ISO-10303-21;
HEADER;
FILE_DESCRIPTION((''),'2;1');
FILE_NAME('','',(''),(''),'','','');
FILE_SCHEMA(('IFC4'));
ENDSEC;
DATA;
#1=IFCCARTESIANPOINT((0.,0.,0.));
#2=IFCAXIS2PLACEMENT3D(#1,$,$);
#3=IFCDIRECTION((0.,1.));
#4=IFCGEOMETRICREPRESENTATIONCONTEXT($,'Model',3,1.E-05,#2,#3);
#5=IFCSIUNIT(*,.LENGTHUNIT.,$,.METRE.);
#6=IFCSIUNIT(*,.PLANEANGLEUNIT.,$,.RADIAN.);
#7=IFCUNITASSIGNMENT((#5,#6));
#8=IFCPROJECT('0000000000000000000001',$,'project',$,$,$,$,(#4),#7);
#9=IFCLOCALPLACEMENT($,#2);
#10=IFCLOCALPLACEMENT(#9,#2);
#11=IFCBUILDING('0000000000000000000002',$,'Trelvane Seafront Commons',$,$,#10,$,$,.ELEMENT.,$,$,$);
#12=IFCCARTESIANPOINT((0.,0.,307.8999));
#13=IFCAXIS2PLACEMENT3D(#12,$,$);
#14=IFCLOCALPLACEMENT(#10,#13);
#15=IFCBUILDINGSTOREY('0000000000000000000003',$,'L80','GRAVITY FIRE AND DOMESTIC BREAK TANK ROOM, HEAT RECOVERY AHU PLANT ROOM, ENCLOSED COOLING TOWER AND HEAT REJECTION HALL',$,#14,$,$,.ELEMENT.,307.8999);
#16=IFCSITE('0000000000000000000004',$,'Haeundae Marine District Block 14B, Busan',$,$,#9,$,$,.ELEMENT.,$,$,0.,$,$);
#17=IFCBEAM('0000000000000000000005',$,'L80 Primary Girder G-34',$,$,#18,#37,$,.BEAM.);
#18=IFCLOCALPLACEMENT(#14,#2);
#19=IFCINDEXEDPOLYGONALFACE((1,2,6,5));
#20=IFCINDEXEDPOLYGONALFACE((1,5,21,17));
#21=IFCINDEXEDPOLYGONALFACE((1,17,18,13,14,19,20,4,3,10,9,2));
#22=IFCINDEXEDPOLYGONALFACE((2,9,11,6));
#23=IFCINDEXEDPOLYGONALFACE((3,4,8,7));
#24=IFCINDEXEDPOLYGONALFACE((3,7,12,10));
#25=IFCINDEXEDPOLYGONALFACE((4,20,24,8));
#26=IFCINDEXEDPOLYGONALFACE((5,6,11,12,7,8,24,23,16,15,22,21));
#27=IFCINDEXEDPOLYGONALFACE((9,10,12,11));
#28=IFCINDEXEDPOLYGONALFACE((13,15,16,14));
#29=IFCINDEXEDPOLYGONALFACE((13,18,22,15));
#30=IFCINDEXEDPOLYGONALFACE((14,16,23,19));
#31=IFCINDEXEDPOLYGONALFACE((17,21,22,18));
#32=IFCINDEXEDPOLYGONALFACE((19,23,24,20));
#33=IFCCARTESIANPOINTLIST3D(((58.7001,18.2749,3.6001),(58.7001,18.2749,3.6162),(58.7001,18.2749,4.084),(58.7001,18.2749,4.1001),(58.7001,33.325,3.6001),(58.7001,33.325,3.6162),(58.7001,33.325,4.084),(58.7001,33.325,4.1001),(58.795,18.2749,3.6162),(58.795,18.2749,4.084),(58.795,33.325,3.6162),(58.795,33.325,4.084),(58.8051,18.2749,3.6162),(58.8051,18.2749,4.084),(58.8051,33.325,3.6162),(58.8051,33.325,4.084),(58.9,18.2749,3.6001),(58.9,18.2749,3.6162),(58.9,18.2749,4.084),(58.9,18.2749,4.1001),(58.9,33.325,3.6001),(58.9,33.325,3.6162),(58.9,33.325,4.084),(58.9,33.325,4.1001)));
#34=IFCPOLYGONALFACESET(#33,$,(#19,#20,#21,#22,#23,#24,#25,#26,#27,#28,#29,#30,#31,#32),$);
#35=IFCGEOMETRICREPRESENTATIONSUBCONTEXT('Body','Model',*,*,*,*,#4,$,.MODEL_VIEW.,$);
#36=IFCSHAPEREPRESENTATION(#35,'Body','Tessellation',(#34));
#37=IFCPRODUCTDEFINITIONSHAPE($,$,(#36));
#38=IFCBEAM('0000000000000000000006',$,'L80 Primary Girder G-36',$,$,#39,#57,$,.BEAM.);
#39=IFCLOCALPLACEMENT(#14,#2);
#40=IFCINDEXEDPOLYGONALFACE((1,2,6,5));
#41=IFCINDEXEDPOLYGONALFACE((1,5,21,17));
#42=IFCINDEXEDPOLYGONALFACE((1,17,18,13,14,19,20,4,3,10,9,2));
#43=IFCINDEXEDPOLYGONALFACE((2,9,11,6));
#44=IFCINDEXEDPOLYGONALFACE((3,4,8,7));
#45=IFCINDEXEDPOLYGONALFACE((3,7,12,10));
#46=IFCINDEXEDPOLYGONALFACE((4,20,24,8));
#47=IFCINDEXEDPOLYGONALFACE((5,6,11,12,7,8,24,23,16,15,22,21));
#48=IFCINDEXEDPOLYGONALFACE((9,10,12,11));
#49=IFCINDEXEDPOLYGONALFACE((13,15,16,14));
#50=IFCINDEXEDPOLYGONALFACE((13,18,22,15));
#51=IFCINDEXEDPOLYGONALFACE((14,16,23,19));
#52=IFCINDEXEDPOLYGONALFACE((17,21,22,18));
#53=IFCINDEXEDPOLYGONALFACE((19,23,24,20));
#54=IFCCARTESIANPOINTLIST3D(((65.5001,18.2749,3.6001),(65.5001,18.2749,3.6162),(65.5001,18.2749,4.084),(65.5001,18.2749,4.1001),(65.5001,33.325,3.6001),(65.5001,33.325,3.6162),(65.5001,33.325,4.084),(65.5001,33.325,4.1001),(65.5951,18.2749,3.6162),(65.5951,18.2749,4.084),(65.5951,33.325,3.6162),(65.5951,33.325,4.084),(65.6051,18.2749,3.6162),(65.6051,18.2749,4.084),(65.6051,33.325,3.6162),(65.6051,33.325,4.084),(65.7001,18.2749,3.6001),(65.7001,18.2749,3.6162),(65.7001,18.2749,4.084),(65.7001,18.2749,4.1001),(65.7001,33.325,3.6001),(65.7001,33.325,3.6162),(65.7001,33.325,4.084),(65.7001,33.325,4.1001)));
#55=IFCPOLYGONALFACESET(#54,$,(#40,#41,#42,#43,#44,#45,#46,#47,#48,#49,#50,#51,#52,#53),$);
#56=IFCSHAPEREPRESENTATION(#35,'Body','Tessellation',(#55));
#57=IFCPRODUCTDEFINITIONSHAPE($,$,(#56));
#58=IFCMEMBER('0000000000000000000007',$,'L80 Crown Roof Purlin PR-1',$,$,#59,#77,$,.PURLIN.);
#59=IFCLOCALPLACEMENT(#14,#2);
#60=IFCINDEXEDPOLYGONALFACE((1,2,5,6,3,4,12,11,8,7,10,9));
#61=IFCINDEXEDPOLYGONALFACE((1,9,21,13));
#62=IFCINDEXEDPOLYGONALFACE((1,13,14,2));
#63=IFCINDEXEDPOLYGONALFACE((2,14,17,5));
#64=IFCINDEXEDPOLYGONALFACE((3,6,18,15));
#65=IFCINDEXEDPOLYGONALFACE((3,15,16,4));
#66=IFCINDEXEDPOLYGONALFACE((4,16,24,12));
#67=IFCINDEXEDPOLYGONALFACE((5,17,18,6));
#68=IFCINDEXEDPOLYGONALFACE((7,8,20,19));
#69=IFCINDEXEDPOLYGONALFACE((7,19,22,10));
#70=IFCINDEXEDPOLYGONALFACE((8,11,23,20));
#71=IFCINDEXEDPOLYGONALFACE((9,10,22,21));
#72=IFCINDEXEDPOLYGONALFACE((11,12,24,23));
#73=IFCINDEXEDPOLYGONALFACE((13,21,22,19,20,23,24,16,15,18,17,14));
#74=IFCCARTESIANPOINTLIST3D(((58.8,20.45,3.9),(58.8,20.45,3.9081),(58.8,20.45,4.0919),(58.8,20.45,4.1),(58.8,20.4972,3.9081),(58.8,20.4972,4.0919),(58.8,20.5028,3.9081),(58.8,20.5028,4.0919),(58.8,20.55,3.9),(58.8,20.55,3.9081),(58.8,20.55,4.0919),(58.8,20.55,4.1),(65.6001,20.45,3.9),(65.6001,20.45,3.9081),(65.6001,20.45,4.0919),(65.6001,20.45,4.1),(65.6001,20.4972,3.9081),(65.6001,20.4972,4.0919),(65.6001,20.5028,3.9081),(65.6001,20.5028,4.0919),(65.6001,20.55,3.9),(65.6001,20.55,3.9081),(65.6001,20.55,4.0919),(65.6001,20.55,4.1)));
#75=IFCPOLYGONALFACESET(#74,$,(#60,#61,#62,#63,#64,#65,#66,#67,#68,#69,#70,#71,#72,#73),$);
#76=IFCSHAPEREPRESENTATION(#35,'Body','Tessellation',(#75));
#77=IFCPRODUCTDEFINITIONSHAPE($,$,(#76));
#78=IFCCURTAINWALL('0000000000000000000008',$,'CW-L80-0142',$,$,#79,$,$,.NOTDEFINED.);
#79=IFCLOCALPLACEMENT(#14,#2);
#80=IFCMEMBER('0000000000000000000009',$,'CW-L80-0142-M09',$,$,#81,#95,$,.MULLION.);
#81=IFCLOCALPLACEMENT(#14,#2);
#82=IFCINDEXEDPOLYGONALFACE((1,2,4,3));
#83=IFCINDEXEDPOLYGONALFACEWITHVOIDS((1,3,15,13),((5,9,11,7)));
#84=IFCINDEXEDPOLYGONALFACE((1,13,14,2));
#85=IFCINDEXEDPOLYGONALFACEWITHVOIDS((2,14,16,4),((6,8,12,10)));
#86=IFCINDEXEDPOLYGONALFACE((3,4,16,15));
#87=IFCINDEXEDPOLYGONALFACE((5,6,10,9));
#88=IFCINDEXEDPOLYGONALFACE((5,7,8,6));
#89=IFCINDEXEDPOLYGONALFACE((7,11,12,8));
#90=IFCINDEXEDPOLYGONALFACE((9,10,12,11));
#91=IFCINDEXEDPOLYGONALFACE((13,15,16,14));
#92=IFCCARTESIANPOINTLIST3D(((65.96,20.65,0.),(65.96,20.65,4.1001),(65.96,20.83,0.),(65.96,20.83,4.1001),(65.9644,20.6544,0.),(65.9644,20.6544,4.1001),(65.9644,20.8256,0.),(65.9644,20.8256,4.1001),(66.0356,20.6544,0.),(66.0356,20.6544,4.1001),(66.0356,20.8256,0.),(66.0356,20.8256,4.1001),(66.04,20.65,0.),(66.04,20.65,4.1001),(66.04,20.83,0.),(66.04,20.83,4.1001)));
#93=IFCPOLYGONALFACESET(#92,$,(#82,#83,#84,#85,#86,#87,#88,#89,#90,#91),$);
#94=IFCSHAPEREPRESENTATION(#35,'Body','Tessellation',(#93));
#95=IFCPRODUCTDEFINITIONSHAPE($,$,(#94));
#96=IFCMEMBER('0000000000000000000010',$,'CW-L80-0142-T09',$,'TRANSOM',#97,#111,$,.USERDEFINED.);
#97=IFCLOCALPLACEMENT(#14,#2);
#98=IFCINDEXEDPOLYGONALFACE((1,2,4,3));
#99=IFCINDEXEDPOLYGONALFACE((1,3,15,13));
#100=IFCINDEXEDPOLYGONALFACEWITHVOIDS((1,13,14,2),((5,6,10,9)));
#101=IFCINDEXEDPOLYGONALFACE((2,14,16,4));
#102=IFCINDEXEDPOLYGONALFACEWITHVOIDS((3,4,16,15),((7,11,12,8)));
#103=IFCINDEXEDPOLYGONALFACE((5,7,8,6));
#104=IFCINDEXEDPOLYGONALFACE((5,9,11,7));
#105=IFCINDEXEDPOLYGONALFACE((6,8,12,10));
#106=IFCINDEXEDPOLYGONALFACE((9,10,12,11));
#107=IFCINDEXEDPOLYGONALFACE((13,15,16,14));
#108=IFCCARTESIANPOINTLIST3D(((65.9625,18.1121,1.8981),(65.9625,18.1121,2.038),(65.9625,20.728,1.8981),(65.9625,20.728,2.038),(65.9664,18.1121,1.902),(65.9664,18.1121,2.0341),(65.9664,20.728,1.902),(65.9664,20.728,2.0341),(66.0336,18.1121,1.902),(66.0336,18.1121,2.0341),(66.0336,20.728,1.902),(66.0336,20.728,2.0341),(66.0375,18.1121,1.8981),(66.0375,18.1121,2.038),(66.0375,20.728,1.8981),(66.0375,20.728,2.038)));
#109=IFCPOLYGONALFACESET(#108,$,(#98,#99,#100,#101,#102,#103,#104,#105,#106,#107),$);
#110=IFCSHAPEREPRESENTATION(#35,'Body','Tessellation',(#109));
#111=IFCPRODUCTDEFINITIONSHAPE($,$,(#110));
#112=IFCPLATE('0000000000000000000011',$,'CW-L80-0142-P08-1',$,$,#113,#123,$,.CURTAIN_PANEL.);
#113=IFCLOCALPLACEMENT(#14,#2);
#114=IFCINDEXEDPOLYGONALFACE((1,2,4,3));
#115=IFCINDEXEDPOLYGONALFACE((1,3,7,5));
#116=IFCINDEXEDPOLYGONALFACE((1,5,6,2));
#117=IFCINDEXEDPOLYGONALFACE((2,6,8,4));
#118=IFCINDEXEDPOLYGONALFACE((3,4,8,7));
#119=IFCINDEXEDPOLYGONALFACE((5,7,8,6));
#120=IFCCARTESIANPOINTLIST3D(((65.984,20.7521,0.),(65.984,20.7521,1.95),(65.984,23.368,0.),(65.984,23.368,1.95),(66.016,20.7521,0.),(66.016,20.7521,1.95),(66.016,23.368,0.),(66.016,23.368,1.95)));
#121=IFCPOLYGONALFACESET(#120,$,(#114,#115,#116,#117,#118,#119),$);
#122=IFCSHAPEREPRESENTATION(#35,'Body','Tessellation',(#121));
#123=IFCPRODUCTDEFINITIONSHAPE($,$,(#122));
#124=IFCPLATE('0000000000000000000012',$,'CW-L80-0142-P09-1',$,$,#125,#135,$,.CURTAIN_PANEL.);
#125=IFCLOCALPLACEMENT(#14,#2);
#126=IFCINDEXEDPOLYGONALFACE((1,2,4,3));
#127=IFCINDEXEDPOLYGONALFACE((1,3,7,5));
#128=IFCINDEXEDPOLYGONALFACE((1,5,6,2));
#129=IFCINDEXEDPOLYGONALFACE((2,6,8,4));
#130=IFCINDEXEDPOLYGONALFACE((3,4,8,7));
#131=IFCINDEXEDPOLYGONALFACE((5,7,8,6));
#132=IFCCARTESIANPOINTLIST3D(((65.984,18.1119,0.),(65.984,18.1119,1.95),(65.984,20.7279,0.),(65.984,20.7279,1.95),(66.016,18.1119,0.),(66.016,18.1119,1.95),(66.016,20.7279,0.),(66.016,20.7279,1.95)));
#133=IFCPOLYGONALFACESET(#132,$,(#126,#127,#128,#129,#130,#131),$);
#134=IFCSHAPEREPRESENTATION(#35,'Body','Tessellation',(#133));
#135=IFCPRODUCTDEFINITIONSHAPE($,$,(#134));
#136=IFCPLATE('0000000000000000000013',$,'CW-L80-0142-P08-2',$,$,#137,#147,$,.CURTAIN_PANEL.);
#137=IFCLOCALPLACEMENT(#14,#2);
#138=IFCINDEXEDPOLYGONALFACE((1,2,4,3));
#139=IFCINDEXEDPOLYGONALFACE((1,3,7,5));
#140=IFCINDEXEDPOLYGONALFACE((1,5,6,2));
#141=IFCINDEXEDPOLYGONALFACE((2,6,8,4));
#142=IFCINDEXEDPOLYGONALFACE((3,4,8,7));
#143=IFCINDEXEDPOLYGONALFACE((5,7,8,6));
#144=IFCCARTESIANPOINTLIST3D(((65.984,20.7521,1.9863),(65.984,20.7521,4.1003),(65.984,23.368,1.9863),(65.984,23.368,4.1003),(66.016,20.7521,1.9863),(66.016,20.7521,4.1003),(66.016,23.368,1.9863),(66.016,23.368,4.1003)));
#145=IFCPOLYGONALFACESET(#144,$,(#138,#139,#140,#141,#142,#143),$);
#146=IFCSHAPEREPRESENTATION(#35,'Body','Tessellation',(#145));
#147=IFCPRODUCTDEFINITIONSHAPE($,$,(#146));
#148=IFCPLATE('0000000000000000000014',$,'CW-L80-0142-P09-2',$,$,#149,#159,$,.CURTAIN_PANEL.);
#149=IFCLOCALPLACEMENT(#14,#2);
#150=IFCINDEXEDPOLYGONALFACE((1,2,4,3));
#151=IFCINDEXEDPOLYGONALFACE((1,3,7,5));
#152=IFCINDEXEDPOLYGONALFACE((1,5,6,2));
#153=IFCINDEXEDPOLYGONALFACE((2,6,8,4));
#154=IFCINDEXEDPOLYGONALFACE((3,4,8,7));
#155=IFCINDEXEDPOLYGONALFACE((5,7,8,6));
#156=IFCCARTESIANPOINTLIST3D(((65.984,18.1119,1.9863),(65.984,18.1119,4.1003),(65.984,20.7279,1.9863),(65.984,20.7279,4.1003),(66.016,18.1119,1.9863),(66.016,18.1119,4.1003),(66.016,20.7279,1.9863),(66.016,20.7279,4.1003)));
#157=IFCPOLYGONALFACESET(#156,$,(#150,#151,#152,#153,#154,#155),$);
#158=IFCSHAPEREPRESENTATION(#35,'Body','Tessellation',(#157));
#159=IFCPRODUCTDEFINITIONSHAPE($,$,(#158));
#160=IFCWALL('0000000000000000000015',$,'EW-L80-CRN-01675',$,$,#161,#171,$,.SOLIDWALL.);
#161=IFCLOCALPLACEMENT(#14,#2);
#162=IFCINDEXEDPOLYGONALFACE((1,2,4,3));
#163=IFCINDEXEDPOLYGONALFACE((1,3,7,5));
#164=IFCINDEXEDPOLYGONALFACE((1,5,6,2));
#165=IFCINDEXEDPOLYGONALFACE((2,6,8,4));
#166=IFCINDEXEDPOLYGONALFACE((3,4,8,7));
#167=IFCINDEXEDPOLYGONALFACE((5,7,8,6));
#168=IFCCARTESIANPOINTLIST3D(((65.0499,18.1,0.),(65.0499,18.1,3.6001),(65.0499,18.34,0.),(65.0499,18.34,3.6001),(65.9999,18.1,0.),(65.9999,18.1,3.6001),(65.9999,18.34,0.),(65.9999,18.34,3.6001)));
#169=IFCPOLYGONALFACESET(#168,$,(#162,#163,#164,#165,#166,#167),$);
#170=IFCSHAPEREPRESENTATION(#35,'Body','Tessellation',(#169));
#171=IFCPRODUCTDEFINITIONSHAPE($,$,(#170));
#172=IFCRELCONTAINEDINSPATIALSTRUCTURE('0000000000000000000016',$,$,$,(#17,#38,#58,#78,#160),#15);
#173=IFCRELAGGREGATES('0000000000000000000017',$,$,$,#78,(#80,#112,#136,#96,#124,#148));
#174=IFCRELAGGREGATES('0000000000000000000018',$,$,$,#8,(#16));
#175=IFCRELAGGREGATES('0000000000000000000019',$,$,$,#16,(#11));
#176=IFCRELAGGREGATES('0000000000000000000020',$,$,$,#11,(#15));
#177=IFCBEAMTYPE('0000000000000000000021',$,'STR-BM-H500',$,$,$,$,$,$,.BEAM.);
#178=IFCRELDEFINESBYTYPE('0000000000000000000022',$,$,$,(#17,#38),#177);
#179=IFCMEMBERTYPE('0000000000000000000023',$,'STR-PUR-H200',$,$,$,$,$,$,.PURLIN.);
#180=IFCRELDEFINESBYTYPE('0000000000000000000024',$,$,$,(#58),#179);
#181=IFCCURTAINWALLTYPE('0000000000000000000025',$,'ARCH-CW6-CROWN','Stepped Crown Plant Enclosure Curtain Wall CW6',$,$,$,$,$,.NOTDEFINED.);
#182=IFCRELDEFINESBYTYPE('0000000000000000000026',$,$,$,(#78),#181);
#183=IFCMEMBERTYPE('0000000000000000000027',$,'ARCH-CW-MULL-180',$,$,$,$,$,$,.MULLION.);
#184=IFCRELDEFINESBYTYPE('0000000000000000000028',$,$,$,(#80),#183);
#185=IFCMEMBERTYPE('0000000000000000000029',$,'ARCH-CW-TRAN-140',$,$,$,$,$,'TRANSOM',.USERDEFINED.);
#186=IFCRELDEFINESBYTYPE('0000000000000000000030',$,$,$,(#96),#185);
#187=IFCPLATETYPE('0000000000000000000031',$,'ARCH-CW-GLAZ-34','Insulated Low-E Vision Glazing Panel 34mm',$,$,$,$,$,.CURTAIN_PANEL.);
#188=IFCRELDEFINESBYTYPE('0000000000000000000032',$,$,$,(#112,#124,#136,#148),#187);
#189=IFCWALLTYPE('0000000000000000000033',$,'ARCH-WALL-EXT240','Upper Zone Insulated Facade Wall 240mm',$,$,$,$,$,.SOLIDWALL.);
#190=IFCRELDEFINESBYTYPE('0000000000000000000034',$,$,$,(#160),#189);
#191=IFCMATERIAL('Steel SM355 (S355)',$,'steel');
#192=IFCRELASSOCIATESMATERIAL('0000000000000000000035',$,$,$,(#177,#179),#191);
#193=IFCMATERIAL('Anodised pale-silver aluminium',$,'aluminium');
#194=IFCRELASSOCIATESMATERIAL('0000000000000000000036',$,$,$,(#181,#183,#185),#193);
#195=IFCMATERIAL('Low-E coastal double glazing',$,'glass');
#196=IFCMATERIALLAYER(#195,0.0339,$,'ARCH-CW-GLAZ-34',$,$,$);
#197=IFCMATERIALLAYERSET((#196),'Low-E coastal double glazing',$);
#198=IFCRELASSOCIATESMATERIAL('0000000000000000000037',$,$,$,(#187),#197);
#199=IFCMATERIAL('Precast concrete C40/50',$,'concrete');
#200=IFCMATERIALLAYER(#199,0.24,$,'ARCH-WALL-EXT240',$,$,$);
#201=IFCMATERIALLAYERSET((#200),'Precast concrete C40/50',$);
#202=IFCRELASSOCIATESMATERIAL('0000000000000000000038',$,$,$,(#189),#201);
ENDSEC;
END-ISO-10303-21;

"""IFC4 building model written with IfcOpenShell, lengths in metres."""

from ifc_helpers import new_model, si_unit, direction, frame, frame_2d, origin, origin_2d, place, context, subcontext, project, spatial, rectangle, hollow_rectangle, i_section, extrude, source, transform, mapped, material, layer, layer_set, material_profile, profile_set, type_object, element, aggregate, save


model = new_model("IFC4")

# Units and contexts
model_context = context("Model", 3, precision=1e-05, world=origin(), true_north=direction((0.0, 1.0)))
body_context = subcontext(model_context, "Body", "Model", "MODEL_VIEW")
ifc_project = project(units=[si_unit("LENGTHUNIT", "METRE"), si_unit("PLANEANGLEUNIT", "RADIAN")], contexts=[model_context])

# Site, building, storey
site_placement = place(None, origin())
site = spatial("IfcSite", under=ifc_project, at=site_placement, Name="Haeundae Marine District Block 14B, Busan", CompositionType="ELEMENT", RefElevation=0.0)
building_placement = place(site_placement, origin())
building = spatial("IfcBuilding", under=site, at=building_placement, Name="Trelvane Seafront Commons", CompositionType="ELEMENT")
storey_placement = place(building_placement, frame((0.0, 0.0, 307.8999)))
storey = spatial("IfcBuildingStorey", under=building, at=storey_placement, Name="L80", Description="GRAVITY FIRE AND DOMESTIC BREAK TANK ROOM, HEAT RECOVERY AHU PLANT ROOM, ENCLOSED COOLING TOWER AND HEAT REJECTION HALL", CompositionType="ELEMENT", Elevation=307.8999)

# Beams
ifc_material_1 = material(Name="Steel SM355 (S355)", Category="steel")
ifc_material_profile_1 = material_profile(ifc_material_1, i_section(OverallWidth=0.2, OverallDepth=0.5, WebThickness=0.01, FlangeThickness=0.0161, at=origin_2d()), Name="H-500x200x10x16")
ifc_profile_set_1 = profile_set([ifc_material_profile_1], Name="Steel SM355 (S355)")
beam_type = type_object("IfcBeamType", Name="STR-BM-H500", PredefinedType="BEAM", material=ifc_profile_set_1)
shared_shape_1 = source(origin(), body_context, "Body", "SweptSolid", [
    extrude(i_section(OverallWidth=0.2, OverallDepth=0.5, WebThickness=0.01, FlangeThickness=0.0161, at=origin_2d()), origin(), (0.0, 0.0, 1.0), 15.05),
])
for number, where, z_axis, x_axis, name in (
    (1, (58.8, 18.2749, 3.8501), (0.0, 1.0, 0.0), (-1.0, 0.0, 0.0), "L80 Primary Girder G-34"),
    (2, (65.6001, 18.2749, 3.8501), (0.0, 1.0, 0.0), (-1.0, 0.0, 0.0), "L80 Primary Girder G-36"),
):
    element("IfcBeam", number, at=place(storey_placement, frame(where, z_axis=z_axis, x_axis=x_axis)), inside=storey, type_object=beam_type, Name=name, PredefinedType="BEAM", context=body_context, shape_type="MappedRepresentation", body=[
        mapped(shared_shape_1, transform((0.0, 0.0, 0.0), x_axis=(1.0, 0.0, 0.0), y_axis=(0.0, 1.0, 0.0), z_axis=(0.0, 0.0, 1.0), scale=1.0)),
    ])

# Member
ifc_material_profile_2 = material_profile(ifc_material_1, i_section(OverallWidth=0.1001, OverallDepth=0.2, WebThickness=0.0056, FlangeThickness=0.0081, at=origin_2d()), Name="H-200x100x5.5x8")
ifc_profile_set_2 = profile_set([ifc_material_profile_2], Name="Steel SM355 (S355)")
member_type_1 = type_object("IfcMemberType", Name="STR-PUR-H200", PredefinedType="PURLIN", material=ifc_profile_set_2)
shared_shape_2 = source(origin(), body_context, "Body", "SweptSolid", [
    extrude(i_section(OverallWidth=0.1001, OverallDepth=0.2, WebThickness=0.0056, FlangeThickness=0.0081, at=origin_2d()), origin(), (0.0, 0.0, 1.0), 6.8),
])
member_1_placement = place(storey_placement, frame((58.8, 20.5, 4.0), z_axis=(1.0, 0.0, 0.0), x_axis=(0.0, 1.0, 0.0)))
element("IfcMember", 3, at=member_1_placement, inside=storey, type_object=member_type_1, Name="L80 Crown Roof Purlin PR-1", PredefinedType="PURLIN", context=body_context, shape_type="MappedRepresentation", body=[
    mapped(shared_shape_2, transform((0.0, 0.0, 0.0), x_axis=(1.0, 0.0, 0.0), y_axis=(0.0, 1.0, 0.0), z_axis=(0.0, 0.0, 1.0), scale=1.0)),
])

# Curtain wall, members, plates
ifc_material_2 = material(Name="Anodised pale-silver aluminium", Category="aluminium")
curtain_wall_type = type_object("IfcCurtainWallType", Name="ARCH-CW6-CROWN", Description="Stepped Crown Plant Enclosure Curtain Wall CW6", PredefinedType="NOTDEFINED", material=ifc_material_2)
curtain_wall_placement = place(storey_placement, origin())
curtain_wall = element("IfcCurtainWall", 4, at=curtain_wall_placement, inside=storey, type_object=curtain_wall_type, Name="CW-L80-0142", PredefinedType="NOTDEFINED")
ifc_material_profile_3 = material_profile(ifc_material_2, hollow_rectangle(XDim=0.0801, YDim=0.1799, WallThickness=0.0044, at=origin_2d()), Name="MULL-80x180x4.5")
ifc_profile_set_3 = profile_set([ifc_material_profile_3], Name="Anodised pale-silver aluminium")
member_type_2 = type_object("IfcMemberType", Name="ARCH-CW-MULL-180", PredefinedType="MULLION", material=ifc_profile_set_3)
shared_shape_3 = source(origin(), body_context, "Body", "SweptSolid", [
    extrude(hollow_rectangle(XDim=0.0801, YDim=0.1799, WallThickness=0.0044, at=origin_2d()), origin(), (0.0, 0.0, 1.0), 4.1001),
])
member_2_placement = place(storey_placement, frame((66.0, 20.74, 0.0), z_axis=(0.0, 0.0, 1.0), x_axis=(1.0, 0.0, 0.0)))
member_2 = element("IfcMember", 5, at=member_2_placement, type_object=member_type_2, Name="CW-L80-0142-M09", PredefinedType="MULLION", context=body_context, shape_type="MappedRepresentation", body=[
    mapped(shared_shape_3, transform((0.0, 0.0, 0.0), x_axis=(1.0, 0.0, 0.0), y_axis=(0.0, 1.0, 0.0), z_axis=(0.0, 0.0, 1.0), scale=1.0)),
])
ifc_material_profile_4 = material_profile(ifc_material_2, hollow_rectangle(XDim=0.075, YDim=0.1399, WallThickness=0.0039, at=origin_2d()), Name="TRAN-75x140x4")
ifc_profile_set_4 = profile_set([ifc_material_profile_4], Name="Anodised pale-silver aluminium")
member_type_3 = type_object("IfcMemberType", Name="ARCH-CW-TRAN-140", ElementType="TRANSOM", PredefinedType="USERDEFINED", material=ifc_profile_set_4)
shared_shape_4 = source(origin(), body_context, "Body", "SweptSolid", [
    extrude(hollow_rectangle(XDim=0.075, YDim=0.1399, WallThickness=0.0039, at=origin_2d()), origin(), (0.0, 0.0, 1.0), 2.616),
])
member_3_placement = place(storey_placement, frame((66.0, 20.728, 1.968), z_axis=(0.0, -1.0, 0.0), x_axis=(1.0, 0.0, 0.0)))
member_3 = element("IfcMember", 6, at=member_3_placement, type_object=member_type_3, Name="CW-L80-0142-T09", ObjectType="TRANSOM", PredefinedType="USERDEFINED", context=body_context, shape_type="MappedRepresentation", body=[
    mapped(shared_shape_4, transform((0.0, 0.0, 0.0), x_axis=(1.0, 0.0, 0.0), y_axis=(0.0, 1.0, 0.0), z_axis=(0.0, 0.0, 1.0), scale=1.0)),
])
ifc_material_3 = material(Name="Low-E coastal double glazing", Category="glass")
ifc_layer_1 = layer(ifc_material_3, 0.0339, Name="ARCH-CW-GLAZ-34")
ifc_layer_set_1 = layer_set([ifc_layer_1], Name="Low-E coastal double glazing")
plate_type = type_object("IfcPlateType", Name="ARCH-CW-GLAZ-34", Description="Insulated Low-E Vision Glazing Panel 34mm", PredefinedType="CURTAIN_PANEL", material=ifc_layer_set_1)
shared_shape_5 = source(origin(), body_context, "Body", "SweptSolid", [
    extrude(rectangle(XDim=2.616, YDim=0.032, at=origin_2d()), origin(), (0.0, 0.0, 1.0), 1.95),
])
plate_1_placement = place(storey_placement, frame((66.0, 22.0601, 0.0), z_axis=(0.0, 0.0, 1.0), x_axis=(0.0, -1.0, 0.0)))
plate_1 = element("IfcPlate", 7, at=plate_1_placement, type_object=plate_type, Name="CW-L80-0142-P08-1", PredefinedType="CURTAIN_PANEL", context=body_context, shape_type="MappedRepresentation", body=[
    mapped(shared_shape_5, transform((0.0, 0.0, 0.0), x_axis=(1.0, 0.0, 0.0), y_axis=(0.0, 1.0, 0.0), z_axis=(0.0, 0.0, 1.0), scale=1.0)),
])
plate_2_placement = place(storey_placement, frame((66.0, 19.4199, 0.0), z_axis=(0.0, 0.0, 1.0), x_axis=(0.0, -1.0, 0.0)))
plate_2 = element("IfcPlate", 8, at=plate_2_placement, type_object=plate_type, Name="CW-L80-0142-P09-1", PredefinedType="CURTAIN_PANEL", context=body_context, shape_type="MappedRepresentation", body=[
    mapped(shared_shape_5, transform((0.0, 0.0, 0.0), x_axis=(1.0, 0.0, 0.0), y_axis=(0.0, 1.0, 0.0), z_axis=(0.0, 0.0, 1.0), scale=1.0)),
])
shared_shape_6 = source(origin(), body_context, "Body", "SweptSolid", [
    extrude(rectangle(XDim=2.616, YDim=0.032, at=origin_2d()), origin(), (0.0, 0.0, 1.0), 2.114),
])
plate_3_placement = place(storey_placement, frame((66.0, 22.0601, 1.9863), z_axis=(0.0, 0.0, 1.0), x_axis=(0.0, -1.0, 0.0)))
plate_3 = element("IfcPlate", 9, at=plate_3_placement, type_object=plate_type, Name="CW-L80-0142-P08-2", PredefinedType="CURTAIN_PANEL", context=body_context, shape_type="MappedRepresentation", body=[
    mapped(shared_shape_6, transform((0.0, 0.0, 0.0), x_axis=(1.0, 0.0, 0.0), y_axis=(0.0, 1.0, 0.0), z_axis=(0.0, 0.0, 1.0), scale=1.0)),
])
plate_4_placement = place(storey_placement, frame((66.0, 19.4199, 1.9863), z_axis=(0.0, 0.0, 1.0), x_axis=(0.0, -1.0, 0.0)))
plate_4 = element("IfcPlate", 10, at=plate_4_placement, type_object=plate_type, Name="CW-L80-0142-P09-2", PredefinedType="CURTAIN_PANEL", context=body_context, shape_type="MappedRepresentation", body=[
    mapped(shared_shape_6, transform((0.0, 0.0, 0.0), x_axis=(1.0, 0.0, 0.0), y_axis=(0.0, 1.0, 0.0), z_axis=(0.0, 0.0, 1.0), scale=1.0)),
])
aggregate(curtain_wall, [member_2, plate_1, plate_3, member_3, plate_2, plate_4])

# Wall
ifc_material_4 = material(Name="Precast concrete C40/50", Category="concrete")
ifc_layer_2 = layer(ifc_material_4, 0.24, Name="ARCH-WALL-EXT240")
ifc_layer_set_2 = layer_set([ifc_layer_2], Name="Precast concrete C40/50")
wall_type_1 = type_object("IfcWallType", Name="ARCH-WALL-EXT240", Description="Upper Zone Insulated Facade Wall 240mm", PredefinedType="SOLIDWALL", material=ifc_layer_set_2)
wall_1_placement = place(storey_placement, frame((66.0, 18.22, 0.0), z_axis=(0.0, 0.0, 1.0), x_axis=(-1.0, 0.0, 0.0)))
element("IfcWall", 11, at=wall_1_placement, inside=storey, type_object=wall_type_1, Name="EW-L80-CRN-01675", PredefinedType="SOLIDWALL", context=body_context, shape_type="SweptSolid", body=[
    extrude(rectangle(XDim=0.95, YDim=0.24, at=frame_2d((0.4751, 0.0))), origin(), (0.0, 0.0, 1.0), 3.6001),
])

save(model, "model.ifc")
